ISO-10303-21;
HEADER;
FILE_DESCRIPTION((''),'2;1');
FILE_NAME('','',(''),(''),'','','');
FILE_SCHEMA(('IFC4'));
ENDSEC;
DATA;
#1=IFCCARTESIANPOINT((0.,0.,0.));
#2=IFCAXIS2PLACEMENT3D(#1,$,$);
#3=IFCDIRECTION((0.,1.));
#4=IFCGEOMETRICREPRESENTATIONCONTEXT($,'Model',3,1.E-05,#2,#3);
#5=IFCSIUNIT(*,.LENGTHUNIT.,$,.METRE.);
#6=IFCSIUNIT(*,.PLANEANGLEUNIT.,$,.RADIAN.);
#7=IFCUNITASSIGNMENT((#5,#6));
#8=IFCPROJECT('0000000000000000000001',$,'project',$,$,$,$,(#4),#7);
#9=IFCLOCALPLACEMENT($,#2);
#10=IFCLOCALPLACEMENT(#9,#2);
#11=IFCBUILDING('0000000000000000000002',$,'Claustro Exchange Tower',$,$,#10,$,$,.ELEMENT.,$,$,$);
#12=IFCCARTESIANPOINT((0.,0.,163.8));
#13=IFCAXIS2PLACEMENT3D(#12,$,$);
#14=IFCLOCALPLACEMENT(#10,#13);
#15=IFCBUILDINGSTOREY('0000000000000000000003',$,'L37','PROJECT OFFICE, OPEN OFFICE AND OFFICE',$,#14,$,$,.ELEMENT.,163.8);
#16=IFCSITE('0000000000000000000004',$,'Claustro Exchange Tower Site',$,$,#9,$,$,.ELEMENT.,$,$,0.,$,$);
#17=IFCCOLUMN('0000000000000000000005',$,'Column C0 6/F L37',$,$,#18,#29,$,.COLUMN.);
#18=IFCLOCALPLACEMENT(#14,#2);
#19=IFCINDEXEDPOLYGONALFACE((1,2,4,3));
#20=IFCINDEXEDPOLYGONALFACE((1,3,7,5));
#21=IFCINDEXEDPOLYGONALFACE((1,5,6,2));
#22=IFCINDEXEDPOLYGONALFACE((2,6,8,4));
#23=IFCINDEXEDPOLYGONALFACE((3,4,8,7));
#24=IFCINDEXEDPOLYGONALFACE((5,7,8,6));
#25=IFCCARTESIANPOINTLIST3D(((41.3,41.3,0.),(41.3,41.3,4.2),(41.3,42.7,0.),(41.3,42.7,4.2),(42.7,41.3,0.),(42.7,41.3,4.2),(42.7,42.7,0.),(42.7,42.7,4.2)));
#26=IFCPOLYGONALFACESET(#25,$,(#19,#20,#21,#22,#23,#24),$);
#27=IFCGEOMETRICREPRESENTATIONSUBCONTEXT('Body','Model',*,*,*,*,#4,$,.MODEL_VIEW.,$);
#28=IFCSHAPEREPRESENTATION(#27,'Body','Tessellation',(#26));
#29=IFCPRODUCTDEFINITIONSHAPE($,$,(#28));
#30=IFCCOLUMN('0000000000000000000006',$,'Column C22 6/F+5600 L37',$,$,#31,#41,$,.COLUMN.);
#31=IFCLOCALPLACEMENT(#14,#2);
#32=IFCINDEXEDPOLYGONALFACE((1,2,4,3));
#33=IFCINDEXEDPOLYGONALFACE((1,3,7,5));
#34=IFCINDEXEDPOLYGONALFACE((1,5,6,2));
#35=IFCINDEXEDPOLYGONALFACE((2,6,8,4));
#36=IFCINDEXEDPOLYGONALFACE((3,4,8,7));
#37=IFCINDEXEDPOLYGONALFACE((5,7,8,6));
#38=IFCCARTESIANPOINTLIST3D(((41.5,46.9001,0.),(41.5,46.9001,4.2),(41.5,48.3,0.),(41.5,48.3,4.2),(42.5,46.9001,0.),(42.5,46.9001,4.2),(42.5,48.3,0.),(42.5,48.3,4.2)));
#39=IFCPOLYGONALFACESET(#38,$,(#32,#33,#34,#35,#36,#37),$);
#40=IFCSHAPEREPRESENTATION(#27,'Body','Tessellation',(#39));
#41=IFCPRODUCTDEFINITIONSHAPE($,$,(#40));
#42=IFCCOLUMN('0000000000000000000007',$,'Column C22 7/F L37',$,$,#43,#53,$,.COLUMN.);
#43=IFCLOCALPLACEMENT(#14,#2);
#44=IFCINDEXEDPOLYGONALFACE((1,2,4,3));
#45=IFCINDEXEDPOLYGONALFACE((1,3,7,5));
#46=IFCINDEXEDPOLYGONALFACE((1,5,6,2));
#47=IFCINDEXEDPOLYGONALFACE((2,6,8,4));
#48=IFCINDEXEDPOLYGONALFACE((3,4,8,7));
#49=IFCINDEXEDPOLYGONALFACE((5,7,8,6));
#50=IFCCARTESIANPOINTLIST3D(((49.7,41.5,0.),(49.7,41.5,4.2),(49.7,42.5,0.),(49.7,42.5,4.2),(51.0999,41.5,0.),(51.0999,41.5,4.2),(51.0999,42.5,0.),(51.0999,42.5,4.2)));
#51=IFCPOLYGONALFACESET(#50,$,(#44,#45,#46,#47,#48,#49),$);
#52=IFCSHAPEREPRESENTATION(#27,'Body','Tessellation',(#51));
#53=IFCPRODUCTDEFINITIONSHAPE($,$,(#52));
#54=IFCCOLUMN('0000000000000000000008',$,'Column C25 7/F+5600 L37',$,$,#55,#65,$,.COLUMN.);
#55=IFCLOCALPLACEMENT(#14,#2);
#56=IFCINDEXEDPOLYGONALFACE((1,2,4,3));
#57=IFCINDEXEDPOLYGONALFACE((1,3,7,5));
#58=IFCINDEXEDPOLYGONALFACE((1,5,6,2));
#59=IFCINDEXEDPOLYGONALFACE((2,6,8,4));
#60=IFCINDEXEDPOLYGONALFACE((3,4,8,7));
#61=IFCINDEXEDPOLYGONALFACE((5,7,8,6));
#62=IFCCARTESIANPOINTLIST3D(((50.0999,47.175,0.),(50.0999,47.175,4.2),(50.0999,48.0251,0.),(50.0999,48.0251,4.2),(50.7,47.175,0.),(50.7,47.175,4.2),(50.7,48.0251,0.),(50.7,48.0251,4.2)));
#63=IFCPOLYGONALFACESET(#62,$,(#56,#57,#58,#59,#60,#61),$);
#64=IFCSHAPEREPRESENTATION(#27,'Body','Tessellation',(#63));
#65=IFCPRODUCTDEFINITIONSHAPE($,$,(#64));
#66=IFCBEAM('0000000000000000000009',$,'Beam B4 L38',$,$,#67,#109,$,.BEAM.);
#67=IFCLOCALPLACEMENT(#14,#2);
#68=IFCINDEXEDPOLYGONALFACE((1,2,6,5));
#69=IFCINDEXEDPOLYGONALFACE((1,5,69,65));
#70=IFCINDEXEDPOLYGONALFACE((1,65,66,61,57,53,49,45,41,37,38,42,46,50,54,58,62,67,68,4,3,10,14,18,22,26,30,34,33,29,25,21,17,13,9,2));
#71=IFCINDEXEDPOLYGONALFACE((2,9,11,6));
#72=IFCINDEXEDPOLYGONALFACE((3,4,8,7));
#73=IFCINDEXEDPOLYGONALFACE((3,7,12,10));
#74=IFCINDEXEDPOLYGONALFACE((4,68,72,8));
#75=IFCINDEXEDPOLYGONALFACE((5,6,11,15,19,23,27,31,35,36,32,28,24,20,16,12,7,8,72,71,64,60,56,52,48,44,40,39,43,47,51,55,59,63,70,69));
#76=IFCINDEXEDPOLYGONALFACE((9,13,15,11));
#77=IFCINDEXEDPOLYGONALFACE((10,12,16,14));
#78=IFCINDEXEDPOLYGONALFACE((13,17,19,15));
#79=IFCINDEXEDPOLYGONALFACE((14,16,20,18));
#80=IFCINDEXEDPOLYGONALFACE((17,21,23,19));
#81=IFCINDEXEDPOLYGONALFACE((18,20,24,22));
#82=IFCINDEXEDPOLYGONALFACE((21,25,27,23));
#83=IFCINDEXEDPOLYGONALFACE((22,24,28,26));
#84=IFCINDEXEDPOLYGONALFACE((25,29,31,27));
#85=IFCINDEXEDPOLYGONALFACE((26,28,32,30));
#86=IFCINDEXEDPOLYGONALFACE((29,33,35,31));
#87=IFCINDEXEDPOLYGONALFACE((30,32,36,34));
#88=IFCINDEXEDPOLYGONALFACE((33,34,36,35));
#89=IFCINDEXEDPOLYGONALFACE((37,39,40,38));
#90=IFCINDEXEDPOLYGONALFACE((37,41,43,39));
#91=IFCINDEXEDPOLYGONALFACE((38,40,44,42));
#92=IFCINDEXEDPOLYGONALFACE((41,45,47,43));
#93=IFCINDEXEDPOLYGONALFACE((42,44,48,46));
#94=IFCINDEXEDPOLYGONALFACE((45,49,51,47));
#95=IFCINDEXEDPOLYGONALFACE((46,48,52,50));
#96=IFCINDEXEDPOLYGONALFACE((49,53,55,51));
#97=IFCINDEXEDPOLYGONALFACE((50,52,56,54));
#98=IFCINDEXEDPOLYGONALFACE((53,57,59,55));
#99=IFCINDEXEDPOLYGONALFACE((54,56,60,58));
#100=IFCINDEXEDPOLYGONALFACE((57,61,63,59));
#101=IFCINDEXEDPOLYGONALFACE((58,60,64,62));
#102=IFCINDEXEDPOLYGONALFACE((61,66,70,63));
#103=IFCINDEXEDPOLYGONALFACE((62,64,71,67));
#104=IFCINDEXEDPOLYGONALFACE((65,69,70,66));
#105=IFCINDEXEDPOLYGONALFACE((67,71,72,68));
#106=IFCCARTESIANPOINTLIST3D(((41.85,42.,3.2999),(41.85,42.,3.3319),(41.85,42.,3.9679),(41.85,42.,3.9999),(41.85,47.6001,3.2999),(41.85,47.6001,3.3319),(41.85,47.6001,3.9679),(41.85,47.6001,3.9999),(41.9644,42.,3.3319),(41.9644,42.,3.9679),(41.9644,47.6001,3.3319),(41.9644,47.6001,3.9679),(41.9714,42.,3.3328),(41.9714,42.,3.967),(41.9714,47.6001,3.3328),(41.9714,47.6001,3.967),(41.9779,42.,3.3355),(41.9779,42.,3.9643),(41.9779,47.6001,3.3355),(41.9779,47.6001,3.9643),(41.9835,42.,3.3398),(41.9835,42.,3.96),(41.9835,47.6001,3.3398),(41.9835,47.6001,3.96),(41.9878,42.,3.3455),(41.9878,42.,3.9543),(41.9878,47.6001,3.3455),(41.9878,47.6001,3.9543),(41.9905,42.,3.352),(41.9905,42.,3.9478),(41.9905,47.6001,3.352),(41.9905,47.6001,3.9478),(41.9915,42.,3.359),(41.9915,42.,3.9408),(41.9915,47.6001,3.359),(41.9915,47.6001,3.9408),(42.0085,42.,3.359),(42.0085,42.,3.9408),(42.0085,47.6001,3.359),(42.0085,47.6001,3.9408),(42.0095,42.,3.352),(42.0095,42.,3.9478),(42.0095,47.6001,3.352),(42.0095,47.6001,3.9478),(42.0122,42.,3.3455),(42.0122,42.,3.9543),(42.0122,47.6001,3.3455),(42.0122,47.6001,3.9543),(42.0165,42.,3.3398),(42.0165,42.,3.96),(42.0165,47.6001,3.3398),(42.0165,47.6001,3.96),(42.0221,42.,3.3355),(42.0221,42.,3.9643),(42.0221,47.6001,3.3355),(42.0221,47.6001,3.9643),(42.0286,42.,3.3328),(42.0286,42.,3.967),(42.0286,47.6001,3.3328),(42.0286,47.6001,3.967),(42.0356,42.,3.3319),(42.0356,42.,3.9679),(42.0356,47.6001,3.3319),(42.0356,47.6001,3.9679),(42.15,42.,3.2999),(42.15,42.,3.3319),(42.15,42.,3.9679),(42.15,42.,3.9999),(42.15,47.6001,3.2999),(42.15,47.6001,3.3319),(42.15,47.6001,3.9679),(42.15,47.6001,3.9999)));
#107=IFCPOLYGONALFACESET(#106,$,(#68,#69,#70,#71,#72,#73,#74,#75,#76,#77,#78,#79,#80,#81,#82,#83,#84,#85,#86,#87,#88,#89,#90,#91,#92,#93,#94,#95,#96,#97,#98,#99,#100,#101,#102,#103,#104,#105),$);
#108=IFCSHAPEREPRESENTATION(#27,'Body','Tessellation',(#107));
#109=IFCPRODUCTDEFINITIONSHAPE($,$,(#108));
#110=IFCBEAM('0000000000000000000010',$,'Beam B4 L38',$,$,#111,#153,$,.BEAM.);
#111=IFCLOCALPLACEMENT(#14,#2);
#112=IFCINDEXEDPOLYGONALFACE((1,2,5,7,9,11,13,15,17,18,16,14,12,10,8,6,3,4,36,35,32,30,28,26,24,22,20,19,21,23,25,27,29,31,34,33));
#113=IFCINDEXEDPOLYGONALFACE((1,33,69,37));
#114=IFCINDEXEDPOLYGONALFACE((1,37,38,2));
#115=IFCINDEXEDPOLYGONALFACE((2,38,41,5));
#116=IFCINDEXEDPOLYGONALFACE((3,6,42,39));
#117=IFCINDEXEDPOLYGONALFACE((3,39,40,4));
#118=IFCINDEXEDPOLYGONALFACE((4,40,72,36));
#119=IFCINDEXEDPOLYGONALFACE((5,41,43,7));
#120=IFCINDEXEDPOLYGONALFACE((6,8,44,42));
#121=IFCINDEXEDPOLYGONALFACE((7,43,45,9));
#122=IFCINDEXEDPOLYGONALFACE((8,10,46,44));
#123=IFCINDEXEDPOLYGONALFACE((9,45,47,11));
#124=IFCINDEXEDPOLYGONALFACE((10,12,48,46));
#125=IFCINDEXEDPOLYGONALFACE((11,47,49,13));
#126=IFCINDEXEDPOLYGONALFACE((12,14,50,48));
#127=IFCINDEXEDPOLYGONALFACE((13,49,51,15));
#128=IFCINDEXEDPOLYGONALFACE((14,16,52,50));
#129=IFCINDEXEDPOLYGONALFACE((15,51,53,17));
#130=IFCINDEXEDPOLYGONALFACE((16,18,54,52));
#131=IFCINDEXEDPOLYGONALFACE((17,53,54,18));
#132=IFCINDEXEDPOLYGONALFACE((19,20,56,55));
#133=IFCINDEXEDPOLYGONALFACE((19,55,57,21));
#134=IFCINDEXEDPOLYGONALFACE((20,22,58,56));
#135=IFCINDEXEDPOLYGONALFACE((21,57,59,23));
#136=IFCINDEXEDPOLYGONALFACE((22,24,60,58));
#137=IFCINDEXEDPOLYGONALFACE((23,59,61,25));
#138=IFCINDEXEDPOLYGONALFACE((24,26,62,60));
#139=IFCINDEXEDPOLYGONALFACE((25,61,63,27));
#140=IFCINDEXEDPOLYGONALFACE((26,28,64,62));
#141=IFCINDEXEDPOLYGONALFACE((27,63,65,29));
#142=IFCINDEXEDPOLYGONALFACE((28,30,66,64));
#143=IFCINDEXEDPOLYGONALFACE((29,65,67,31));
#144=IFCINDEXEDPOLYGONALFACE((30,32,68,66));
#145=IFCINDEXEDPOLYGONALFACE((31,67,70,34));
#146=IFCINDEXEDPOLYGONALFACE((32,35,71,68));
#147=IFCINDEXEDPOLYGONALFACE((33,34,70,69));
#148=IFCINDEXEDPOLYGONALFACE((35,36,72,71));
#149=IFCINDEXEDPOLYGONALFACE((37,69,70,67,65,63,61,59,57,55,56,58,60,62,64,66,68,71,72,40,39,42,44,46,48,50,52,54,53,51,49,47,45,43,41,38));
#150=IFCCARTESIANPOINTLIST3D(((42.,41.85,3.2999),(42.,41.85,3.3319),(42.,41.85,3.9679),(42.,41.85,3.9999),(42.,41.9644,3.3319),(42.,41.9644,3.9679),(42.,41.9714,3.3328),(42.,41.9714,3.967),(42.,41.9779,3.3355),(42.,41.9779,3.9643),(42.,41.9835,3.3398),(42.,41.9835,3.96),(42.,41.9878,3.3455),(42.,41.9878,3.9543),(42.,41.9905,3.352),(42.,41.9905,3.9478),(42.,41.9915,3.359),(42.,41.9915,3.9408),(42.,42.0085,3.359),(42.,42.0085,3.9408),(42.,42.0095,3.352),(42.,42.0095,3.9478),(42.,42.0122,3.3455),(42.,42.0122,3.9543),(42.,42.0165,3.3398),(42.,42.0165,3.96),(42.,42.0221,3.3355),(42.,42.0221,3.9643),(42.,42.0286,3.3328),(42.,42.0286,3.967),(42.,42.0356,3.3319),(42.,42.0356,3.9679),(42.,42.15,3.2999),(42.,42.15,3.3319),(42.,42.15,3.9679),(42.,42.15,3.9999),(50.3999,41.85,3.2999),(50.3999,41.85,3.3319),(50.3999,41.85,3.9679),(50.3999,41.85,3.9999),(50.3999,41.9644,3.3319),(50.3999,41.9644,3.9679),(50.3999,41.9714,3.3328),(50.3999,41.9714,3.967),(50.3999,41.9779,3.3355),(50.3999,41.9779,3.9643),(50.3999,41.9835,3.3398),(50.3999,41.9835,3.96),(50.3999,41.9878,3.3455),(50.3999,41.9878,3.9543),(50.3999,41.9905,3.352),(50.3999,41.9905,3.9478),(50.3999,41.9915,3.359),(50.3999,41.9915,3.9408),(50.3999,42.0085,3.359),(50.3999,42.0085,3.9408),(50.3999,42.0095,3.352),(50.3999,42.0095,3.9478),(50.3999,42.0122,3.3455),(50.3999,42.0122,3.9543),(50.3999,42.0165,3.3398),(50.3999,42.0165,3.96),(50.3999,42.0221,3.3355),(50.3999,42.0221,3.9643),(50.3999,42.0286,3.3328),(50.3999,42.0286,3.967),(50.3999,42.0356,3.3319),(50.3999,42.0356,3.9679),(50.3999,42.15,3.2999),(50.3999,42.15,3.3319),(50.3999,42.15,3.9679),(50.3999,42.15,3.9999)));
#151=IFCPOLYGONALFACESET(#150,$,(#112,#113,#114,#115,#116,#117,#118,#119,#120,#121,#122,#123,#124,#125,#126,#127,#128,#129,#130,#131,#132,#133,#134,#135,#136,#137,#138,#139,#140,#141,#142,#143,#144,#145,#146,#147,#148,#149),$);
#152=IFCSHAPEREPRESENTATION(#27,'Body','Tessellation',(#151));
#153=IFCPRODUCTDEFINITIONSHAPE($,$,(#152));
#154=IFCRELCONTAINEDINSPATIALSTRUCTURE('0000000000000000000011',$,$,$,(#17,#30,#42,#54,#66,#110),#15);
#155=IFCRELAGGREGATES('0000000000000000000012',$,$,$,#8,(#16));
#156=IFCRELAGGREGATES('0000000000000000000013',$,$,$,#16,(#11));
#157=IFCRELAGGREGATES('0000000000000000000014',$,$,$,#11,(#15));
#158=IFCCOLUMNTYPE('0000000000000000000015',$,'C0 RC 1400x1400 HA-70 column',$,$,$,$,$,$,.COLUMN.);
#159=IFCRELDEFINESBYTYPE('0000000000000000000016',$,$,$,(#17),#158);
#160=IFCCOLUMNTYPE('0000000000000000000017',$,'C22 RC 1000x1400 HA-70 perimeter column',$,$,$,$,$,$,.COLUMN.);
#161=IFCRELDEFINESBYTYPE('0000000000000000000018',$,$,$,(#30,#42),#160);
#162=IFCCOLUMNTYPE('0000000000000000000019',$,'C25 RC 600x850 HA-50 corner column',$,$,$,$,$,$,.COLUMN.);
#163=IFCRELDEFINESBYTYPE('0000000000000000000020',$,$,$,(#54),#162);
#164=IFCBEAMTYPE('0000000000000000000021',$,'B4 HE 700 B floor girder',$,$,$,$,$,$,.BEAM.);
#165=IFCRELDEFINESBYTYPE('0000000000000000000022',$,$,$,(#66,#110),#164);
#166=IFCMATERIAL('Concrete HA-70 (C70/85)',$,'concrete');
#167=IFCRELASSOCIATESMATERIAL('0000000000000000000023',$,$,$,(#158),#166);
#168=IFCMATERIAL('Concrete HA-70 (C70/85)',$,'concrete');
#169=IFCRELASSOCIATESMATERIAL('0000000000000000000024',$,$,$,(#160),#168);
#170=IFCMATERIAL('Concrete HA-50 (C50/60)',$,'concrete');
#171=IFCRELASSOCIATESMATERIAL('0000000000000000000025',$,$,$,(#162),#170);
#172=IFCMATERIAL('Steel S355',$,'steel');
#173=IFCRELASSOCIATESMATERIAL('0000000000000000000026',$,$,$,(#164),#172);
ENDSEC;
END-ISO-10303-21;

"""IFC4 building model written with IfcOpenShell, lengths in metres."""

from ifc_helpers import new_model, si_unit, direction, frame, origin, origin_2d, place, context, subcontext, project, spatial, rectangle, i_section, extrude, material, material_profile, profile_set, type_object, element, save


model = new_model("IFC4")

# Units and contexts
model_context = context("Model", 3, precision=1e-05, world=origin(), true_north=direction((0.0, 1.0)))
body_context = subcontext(model_context, "Body", "Model", "MODEL_VIEW")
ifc_project = project(units=[si_unit("LENGTHUNIT", "METRE"), si_unit("PLANEANGLEUNIT", "RADIAN")], contexts=[model_context])

# Site, building, storey
site_placement = place(None, origin())
site = spatial("IfcSite", under=ifc_project, at=site_placement, Name="Claustro Exchange Tower Site", CompositionType="ELEMENT", RefElevation=0.0)
building_placement = place(site_placement, origin())
building = spatial("IfcBuilding", under=site, at=building_placement, Name="Claustro Exchange Tower", CompositionType="ELEMENT")
storey_placement = place(building_placement, frame((0.0, 0.0, 163.8)))
storey = spatial("IfcBuildingStorey", under=building, at=storey_placement, Name="L37", Description="PROJECT OFFICE, OPEN OFFICE AND OFFICE", CompositionType="ELEMENT", Elevation=163.8)

# Columns
ifc_material_1 = material(Name="Concrete HA-70 (C70/85)", Category="concrete")
ifc_material_profile_1 = material_profile(ifc_material_1, rectangle(XDim=1.3999, YDim=1.3999, at=origin_2d()), Name="RC 1400x1400")
ifc_profile_set_1 = profile_set([ifc_material_profile_1], Name="Concrete HA-70 (C70/85)")
column_type_1 = type_object("IfcColumnType", Name="C0 RC 1400x1400 HA-70 column", PredefinedType="COLUMN", material=ifc_profile_set_1)
column_1_placement = place(storey_placement, frame((42.0, 42.0, 0.0), z_axis=(0.0, 0.0, 1.0), x_axis=(1.0, 0.0, 0.0)))
element("IfcColumn", 1, at=column_1_placement, inside=storey, type_object=column_type_1, Name="Column C0 6/F L37", PredefinedType="COLUMN", context=body_context, shape_type="SweptSolid", body=[
    extrude(rectangle(XDim=1.3999, YDim=1.3999, at=origin_2d()), origin(), (0.0, 0.0, 1.0), 4.2),
])
ifc_material_2 = material(Name="Concrete HA-70 (C70/85)", Category="concrete")
ifc_material_profile_2 = material_profile(ifc_material_2, rectangle(XDim=1.0, YDim=1.3999, at=origin_2d()), Name="RC 1000x1400")
ifc_profile_set_2 = profile_set([ifc_material_profile_2], Name="Concrete HA-70 (C70/85)")
column_type_2 = type_object("IfcColumnType", Name="C22 RC 1000x1400 HA-70 perimeter column", PredefinedType="COLUMN", material=ifc_profile_set_2)
for number, where, z_axis, x_axis, name in (
    (2, (42.0, 47.6001, 0.0), (0.0, 0.0, 1.0), (1.0, 0.0, 0.0), "Column C22 6/F+5600 L37"),
    (3, (50.3999, 42.0, 0.0), (0.0, 0.0, 1.0), (0.0, 1.0, 0.0), "Column C22 7/F L37"),
):
    element("IfcColumn", number, at=place(storey_placement, frame(where, z_axis=z_axis, x_axis=x_axis)), inside=storey, type_object=column_type_2, Name=name, PredefinedType="COLUMN", context=body_context, shape_type="SweptSolid", body=[
        extrude(rectangle(XDim=1.0, YDim=1.3999, at=origin_2d()), origin(), (0.0, 0.0, 1.0), 4.2),
    ])
ifc_material_3 = material(Name="Concrete HA-50 (C50/60)", Category="concrete")
ifc_material_profile_3 = material_profile(ifc_material_3, rectangle(XDim=0.6001, YDim=0.8501, at=origin_2d()), Name="RC 600x850")
ifc_profile_set_3 = profile_set([ifc_material_profile_3], Name="Concrete HA-50 (C50/60)")
column_type_3 = type_object("IfcColumnType", Name="C25 RC 600x850 HA-50 corner column", PredefinedType="COLUMN", material=ifc_profile_set_3)
column_2_placement = place(storey_placement, frame((50.3999, 47.6001, 0.0), z_axis=(0.0, 0.0, 1.0), x_axis=(1.0, 0.0, 0.0)))
element("IfcColumn", 4, at=column_2_placement, inside=storey, type_object=column_type_3, Name="Column C25 7/F+5600 L37", PredefinedType="COLUMN", context=body_context, shape_type="SweptSolid", body=[
    extrude(rectangle(XDim=0.6001, YDim=0.8501, at=origin_2d()), origin(), (0.0, 0.0, 1.0), 4.2),
])

# Beams
ifc_material_4 = material(Name="Steel S355", Category="steel")
ifc_material_profile_4 = material_profile(ifc_material_4, i_section(OverallWidth=0.3, OverallDepth=0.7, WebThickness=0.0171, FlangeThickness=0.032, FilletRadius=0.0271, at=origin_2d()), Name="HE 700 B")
ifc_profile_set_4 = profile_set([ifc_material_profile_4], Name="Steel S355")
beam_type_1 = type_object("IfcBeamType", Name="B4 HE 700 B floor girder", PredefinedType="BEAM", material=ifc_profile_set_4)
beam_1_placement = place(storey_placement, frame((42.0, 42.0, 3.6499), z_axis=(0.0, 1.0, 0.0), x_axis=(-1.0, 0.0, 0.0)))
element("IfcBeam", 5, at=beam_1_placement, inside=storey, type_object=beam_type_1, Name="Beam B4 L38", PredefinedType="BEAM", context=body_context, shape_type="SweptSolid", body=[
    extrude(i_section(OverallWidth=0.3, OverallDepth=0.7, WebThickness=0.0171, FlangeThickness=0.032, FilletRadius=0.0271, at=origin_2d()), origin(), (0.0, 0.0, 1.0), 5.6001),
])
beam_2_placement = place(storey_placement, frame((42.0, 42.0, 3.6499), z_axis=(1.0, 0.0, 0.0), x_axis=(0.0, 1.0, 0.0)))
element("IfcBeam", 6, at=beam_2_placement, inside=storey, type_object=beam_type_1, Name="Beam B4 L38", PredefinedType="BEAM", context=body_context, shape_type="SweptSolid", body=[
    extrude(i_section(OverallWidth=0.3, OverallDepth=0.7, WebThickness=0.0171, FlangeThickness=0.032, FilletRadius=0.0271, at=origin_2d()), origin(), (0.0, 0.0, 1.0), 8.3999),
])

save(model, "model.ifc")
